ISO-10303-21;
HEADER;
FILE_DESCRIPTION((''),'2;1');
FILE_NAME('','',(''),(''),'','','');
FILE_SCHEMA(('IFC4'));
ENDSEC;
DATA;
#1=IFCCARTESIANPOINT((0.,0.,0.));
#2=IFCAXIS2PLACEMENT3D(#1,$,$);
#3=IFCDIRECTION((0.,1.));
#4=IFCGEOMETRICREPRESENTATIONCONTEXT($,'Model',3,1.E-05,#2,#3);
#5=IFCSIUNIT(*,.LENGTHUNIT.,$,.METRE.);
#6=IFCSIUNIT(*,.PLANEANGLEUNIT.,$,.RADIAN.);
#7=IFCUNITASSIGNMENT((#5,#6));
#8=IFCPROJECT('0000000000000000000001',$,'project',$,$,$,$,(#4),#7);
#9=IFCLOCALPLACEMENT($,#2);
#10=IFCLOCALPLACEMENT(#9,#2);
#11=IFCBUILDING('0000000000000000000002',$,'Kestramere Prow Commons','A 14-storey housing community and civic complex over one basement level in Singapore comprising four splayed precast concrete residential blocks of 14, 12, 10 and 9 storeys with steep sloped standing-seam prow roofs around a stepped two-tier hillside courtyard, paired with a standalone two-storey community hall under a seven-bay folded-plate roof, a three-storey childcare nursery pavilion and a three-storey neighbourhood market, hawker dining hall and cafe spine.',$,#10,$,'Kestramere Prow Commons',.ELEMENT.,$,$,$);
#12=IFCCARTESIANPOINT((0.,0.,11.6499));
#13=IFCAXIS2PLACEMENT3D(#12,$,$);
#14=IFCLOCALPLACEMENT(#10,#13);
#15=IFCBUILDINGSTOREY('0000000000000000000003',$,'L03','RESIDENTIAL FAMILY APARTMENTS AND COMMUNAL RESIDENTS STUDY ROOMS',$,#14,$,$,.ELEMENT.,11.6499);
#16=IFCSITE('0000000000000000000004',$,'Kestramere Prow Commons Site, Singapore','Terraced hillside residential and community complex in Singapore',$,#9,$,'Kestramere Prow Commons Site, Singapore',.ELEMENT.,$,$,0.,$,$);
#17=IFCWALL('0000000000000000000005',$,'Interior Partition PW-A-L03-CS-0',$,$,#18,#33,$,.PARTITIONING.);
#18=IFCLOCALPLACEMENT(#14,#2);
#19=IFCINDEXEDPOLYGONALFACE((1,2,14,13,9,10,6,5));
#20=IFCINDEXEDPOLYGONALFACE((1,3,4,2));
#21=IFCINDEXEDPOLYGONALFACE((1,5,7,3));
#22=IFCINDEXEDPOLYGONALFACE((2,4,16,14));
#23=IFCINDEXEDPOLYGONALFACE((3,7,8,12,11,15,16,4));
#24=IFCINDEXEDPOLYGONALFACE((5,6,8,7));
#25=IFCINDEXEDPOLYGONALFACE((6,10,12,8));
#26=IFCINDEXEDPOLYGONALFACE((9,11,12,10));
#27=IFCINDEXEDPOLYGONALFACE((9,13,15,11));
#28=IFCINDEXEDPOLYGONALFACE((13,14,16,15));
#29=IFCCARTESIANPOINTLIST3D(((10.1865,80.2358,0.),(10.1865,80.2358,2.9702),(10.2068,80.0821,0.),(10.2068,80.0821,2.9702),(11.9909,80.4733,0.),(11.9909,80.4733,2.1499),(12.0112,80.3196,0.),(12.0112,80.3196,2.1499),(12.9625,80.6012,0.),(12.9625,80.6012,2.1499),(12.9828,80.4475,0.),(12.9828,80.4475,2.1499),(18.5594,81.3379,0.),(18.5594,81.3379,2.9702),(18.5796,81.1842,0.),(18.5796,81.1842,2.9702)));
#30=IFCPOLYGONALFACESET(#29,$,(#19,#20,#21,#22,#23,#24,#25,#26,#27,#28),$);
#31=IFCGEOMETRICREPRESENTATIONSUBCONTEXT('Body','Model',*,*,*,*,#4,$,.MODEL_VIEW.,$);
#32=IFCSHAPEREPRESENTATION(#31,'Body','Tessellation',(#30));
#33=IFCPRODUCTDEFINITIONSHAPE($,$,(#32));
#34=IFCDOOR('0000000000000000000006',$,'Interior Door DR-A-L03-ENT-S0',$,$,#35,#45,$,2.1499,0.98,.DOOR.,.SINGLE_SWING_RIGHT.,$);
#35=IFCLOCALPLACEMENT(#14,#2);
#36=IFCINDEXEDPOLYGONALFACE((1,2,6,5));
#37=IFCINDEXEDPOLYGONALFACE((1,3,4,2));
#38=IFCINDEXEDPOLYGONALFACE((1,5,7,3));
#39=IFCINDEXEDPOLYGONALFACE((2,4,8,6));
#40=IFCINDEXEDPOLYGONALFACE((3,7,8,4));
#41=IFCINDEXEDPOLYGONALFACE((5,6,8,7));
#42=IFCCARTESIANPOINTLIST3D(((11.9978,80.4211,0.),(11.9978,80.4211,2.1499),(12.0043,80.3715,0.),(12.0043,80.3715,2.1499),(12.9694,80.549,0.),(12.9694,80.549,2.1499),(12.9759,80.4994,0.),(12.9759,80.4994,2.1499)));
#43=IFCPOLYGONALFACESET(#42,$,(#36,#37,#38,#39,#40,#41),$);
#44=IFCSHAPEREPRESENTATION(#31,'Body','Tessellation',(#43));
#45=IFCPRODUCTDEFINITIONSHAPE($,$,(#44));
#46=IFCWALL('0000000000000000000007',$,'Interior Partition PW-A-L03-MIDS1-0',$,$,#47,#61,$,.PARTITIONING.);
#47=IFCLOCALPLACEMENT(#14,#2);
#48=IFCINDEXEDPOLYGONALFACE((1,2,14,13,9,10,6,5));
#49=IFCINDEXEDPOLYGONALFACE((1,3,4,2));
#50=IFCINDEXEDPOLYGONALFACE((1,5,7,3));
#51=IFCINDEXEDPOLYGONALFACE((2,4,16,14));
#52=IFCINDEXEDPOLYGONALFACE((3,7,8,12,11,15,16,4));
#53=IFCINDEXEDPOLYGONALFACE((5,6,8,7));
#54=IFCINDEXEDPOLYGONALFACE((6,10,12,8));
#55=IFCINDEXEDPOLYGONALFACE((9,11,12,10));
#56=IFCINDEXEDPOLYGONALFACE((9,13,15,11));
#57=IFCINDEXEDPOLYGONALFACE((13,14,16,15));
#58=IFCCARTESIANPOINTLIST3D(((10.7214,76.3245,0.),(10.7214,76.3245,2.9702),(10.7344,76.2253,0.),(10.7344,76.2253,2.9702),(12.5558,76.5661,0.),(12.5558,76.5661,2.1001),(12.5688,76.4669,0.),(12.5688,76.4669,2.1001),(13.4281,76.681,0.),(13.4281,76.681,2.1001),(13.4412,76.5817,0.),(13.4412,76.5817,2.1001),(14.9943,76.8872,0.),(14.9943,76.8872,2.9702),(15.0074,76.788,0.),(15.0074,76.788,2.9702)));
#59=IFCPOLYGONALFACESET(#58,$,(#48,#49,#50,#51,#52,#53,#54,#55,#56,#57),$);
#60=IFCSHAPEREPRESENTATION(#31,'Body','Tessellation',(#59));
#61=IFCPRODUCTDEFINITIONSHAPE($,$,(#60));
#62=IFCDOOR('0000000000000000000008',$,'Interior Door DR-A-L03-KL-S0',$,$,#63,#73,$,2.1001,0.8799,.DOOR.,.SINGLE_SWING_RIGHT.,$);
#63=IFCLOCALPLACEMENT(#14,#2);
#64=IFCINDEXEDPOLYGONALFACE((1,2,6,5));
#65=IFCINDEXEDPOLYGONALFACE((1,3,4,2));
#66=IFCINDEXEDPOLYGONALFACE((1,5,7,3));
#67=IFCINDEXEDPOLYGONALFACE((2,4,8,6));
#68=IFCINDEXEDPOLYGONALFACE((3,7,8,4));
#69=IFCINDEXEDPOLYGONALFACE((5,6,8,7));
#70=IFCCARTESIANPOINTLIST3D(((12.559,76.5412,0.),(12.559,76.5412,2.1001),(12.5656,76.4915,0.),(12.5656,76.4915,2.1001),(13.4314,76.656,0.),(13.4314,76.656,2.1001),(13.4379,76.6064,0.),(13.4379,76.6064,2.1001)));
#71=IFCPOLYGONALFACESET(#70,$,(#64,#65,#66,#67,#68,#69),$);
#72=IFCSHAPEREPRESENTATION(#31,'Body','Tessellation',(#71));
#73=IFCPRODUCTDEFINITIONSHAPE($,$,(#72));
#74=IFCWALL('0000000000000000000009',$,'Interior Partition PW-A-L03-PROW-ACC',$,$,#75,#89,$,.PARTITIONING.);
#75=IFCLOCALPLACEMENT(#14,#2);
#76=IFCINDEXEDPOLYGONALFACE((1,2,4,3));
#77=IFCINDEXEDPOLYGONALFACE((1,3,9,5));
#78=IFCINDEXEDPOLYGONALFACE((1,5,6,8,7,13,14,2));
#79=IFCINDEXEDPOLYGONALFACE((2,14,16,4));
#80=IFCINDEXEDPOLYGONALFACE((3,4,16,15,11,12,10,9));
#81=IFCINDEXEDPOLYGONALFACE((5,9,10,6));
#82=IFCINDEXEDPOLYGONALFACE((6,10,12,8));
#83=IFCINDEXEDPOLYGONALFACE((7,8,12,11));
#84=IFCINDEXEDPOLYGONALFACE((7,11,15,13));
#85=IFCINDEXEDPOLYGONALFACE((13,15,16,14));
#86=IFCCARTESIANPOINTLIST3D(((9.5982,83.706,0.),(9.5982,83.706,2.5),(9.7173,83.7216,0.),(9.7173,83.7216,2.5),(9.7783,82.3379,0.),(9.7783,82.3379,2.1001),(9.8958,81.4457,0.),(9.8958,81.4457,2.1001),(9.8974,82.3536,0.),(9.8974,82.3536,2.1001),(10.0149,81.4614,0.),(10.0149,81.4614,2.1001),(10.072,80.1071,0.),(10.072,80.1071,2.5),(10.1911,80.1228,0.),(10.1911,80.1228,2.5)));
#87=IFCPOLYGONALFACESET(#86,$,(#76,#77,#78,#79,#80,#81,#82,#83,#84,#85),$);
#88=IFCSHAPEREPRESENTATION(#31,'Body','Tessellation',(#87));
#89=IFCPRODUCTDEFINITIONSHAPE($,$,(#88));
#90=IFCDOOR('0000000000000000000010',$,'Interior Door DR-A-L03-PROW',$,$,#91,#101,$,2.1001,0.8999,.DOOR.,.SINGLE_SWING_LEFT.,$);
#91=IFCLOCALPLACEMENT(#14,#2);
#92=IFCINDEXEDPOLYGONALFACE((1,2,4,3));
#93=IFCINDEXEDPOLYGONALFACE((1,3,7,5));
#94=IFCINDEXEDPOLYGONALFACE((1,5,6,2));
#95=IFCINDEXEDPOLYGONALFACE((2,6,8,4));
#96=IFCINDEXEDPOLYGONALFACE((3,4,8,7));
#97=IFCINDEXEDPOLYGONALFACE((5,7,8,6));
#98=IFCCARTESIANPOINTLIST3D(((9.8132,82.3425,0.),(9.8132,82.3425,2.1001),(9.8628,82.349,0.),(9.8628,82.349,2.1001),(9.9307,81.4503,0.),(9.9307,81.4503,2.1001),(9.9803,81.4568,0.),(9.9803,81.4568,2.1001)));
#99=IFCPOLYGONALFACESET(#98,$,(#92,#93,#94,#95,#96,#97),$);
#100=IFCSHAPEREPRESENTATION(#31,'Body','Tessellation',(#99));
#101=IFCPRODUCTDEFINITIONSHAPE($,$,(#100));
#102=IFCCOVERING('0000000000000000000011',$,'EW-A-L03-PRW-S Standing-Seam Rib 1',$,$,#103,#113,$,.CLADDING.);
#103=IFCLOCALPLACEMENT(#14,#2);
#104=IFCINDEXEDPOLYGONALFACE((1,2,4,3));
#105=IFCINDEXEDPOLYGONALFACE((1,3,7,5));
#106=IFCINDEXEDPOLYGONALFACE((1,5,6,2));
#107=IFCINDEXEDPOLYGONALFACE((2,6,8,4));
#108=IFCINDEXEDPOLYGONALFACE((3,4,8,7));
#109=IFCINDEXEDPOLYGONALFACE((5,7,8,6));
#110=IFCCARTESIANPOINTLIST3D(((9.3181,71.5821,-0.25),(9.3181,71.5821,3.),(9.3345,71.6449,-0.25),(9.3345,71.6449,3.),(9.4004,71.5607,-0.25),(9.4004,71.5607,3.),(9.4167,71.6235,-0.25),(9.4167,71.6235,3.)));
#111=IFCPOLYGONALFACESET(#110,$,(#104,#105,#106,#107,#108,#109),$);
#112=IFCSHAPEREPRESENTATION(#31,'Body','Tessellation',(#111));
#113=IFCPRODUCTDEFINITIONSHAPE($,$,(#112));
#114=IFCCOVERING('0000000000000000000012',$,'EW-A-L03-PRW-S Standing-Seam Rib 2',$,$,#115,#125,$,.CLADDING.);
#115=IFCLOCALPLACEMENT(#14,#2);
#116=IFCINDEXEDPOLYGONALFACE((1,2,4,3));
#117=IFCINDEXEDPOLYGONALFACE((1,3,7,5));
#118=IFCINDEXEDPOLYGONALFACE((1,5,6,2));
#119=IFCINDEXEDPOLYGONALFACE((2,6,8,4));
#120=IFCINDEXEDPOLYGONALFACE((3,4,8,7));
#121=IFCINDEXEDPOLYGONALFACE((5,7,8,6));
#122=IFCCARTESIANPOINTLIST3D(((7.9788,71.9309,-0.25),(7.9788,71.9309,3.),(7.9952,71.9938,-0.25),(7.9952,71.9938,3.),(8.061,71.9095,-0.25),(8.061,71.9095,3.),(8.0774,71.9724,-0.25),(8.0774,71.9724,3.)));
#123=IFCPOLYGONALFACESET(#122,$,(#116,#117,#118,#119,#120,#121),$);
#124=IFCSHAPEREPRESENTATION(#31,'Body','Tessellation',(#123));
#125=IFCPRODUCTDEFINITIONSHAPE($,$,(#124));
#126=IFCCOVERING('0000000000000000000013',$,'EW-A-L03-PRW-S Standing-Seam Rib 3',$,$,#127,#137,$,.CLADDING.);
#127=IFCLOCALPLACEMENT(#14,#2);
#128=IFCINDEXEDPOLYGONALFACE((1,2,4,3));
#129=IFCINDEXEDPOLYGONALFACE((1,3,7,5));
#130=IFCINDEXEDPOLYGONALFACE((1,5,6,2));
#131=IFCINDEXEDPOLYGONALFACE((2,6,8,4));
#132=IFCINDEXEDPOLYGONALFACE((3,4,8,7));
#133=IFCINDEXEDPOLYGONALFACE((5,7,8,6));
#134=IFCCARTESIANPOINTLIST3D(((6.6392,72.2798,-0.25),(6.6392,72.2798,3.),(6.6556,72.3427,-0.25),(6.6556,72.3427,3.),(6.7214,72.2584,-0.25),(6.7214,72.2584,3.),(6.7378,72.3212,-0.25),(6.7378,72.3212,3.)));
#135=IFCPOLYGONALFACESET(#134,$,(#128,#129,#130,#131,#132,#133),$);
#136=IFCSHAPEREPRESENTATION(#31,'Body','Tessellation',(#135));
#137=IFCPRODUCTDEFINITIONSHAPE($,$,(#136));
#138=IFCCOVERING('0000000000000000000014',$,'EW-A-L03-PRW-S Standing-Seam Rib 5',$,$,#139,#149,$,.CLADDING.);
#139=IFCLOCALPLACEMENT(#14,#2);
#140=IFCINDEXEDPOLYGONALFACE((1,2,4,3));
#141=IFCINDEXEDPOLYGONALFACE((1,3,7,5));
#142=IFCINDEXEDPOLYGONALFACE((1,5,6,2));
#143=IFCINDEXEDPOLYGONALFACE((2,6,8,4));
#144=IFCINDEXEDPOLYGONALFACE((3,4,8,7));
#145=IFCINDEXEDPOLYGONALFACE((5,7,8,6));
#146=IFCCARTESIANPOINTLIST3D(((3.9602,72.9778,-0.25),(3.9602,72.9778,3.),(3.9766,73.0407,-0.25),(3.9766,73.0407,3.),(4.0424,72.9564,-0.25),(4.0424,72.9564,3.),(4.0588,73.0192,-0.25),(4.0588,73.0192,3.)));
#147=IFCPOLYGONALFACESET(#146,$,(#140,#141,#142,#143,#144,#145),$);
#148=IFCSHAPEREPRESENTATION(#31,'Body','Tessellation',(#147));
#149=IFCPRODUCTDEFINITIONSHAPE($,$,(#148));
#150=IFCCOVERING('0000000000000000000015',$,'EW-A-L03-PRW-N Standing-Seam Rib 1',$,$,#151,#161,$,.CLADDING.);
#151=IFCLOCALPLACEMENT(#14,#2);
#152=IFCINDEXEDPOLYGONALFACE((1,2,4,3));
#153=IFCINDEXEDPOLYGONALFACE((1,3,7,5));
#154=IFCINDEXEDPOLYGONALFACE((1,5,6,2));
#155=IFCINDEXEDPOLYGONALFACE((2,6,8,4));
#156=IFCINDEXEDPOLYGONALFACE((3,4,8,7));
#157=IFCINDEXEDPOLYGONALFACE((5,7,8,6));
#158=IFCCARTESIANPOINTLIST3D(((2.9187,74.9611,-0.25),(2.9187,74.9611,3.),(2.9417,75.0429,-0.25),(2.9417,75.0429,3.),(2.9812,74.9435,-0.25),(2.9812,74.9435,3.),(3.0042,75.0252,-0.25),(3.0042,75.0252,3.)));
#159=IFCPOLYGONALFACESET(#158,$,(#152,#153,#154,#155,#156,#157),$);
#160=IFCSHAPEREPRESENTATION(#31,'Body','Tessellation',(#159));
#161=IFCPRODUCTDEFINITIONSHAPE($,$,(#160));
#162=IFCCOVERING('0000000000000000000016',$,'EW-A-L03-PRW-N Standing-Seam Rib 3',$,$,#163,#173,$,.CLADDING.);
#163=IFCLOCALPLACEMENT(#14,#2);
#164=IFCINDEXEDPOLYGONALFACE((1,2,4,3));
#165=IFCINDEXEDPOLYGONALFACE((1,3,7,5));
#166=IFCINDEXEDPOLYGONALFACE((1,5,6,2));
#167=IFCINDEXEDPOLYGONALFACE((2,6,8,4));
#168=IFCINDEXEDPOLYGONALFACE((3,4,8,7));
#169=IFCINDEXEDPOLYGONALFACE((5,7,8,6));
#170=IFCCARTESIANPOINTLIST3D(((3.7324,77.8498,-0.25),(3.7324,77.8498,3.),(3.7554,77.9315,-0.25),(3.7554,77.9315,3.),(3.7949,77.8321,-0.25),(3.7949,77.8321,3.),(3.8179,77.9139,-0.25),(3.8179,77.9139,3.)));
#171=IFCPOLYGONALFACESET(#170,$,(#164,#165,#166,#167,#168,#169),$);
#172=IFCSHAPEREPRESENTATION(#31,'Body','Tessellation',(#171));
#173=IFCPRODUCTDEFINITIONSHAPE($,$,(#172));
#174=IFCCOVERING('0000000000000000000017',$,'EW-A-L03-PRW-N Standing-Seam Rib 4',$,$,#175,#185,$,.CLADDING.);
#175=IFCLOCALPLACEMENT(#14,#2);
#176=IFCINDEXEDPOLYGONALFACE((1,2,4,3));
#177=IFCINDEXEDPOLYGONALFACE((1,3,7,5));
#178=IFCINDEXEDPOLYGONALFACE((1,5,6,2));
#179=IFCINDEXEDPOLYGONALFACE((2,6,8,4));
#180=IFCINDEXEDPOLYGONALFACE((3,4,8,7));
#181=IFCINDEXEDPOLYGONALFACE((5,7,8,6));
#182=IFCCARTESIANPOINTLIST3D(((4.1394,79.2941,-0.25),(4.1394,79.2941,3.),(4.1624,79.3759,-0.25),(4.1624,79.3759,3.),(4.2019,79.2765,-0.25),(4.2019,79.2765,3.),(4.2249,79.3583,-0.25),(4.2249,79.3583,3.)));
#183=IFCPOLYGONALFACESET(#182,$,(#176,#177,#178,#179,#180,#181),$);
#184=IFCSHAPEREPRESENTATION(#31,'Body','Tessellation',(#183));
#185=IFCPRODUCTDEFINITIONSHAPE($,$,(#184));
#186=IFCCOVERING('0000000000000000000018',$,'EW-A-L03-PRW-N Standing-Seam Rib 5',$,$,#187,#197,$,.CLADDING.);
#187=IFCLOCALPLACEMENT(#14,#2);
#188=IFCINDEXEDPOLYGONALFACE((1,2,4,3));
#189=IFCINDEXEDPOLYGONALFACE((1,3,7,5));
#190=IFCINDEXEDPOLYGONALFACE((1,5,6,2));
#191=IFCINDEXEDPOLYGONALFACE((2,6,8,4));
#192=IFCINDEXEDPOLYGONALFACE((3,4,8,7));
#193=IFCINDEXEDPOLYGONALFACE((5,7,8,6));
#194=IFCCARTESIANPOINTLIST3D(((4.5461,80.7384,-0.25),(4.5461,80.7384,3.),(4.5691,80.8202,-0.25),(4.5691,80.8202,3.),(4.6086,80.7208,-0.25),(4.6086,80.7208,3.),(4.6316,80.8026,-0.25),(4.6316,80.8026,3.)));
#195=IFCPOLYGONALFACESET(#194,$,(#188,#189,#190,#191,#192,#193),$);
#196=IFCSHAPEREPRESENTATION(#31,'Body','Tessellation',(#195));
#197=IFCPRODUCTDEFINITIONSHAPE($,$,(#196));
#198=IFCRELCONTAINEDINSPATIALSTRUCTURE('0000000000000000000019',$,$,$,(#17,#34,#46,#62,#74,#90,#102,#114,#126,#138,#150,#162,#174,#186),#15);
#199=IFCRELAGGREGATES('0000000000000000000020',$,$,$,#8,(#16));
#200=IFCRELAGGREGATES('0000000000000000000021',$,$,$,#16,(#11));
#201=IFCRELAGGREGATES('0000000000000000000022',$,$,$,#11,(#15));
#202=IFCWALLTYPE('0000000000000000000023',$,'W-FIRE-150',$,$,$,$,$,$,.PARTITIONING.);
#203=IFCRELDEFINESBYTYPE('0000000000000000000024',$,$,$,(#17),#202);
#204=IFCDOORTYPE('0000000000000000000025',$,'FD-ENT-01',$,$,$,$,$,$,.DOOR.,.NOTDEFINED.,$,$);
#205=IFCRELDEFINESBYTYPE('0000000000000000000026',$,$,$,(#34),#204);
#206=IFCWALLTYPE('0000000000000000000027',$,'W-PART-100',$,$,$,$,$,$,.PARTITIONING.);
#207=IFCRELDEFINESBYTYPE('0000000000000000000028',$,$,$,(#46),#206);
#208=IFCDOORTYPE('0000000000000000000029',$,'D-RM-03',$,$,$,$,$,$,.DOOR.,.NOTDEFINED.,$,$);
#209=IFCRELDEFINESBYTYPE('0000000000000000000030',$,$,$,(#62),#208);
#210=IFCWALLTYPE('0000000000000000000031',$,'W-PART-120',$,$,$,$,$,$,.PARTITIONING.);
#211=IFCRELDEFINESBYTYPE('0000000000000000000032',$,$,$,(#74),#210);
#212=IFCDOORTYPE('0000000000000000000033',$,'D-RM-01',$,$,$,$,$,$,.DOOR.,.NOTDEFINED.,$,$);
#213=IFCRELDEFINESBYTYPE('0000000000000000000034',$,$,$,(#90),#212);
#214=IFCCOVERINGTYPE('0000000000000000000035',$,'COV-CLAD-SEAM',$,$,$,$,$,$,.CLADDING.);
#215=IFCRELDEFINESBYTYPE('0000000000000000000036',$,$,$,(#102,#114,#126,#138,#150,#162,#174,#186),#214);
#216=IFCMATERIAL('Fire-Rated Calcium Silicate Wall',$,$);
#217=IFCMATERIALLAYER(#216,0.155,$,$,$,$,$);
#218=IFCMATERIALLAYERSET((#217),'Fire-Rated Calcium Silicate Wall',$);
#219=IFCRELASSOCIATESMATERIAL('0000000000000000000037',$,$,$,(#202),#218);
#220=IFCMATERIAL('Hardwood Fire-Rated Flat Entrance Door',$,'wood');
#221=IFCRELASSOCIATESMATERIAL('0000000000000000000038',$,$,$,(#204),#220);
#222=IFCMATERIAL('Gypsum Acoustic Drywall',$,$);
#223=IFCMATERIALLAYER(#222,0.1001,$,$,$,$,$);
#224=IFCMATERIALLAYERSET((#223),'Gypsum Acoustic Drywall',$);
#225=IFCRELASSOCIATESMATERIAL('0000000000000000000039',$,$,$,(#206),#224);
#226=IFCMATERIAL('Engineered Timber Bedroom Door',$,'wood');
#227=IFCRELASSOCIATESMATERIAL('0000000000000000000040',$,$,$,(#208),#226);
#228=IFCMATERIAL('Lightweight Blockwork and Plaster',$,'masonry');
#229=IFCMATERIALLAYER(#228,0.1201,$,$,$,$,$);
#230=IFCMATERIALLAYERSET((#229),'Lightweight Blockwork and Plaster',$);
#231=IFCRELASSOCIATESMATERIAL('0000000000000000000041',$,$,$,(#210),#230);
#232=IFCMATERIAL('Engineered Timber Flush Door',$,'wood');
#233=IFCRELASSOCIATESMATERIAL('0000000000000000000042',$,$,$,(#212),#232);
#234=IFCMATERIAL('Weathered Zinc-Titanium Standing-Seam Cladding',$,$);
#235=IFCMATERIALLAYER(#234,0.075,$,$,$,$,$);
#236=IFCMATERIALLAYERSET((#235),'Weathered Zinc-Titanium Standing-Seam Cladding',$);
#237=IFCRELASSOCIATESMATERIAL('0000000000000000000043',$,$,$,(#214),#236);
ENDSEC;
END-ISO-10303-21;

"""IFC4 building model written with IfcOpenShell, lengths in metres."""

from ifc_helpers import new_model, si_unit, direction, frame, frame_2d, origin, origin_2d, place, context, subcontext, project, spatial, rectangle, extrude, material, layer, layer_set, type_object, element, fill, save


model = new_model("IFC4")

# Units and contexts
model_context = context("Model", 3, precision=1e-05, world=origin(), true_north=direction((0.0, 1.0)))
body_context = subcontext(model_context, "Body", "Model", "MODEL_VIEW")
ifc_project = project(units=[si_unit("LENGTHUNIT", "METRE"), si_unit("PLANEANGLEUNIT", "RADIAN")], contexts=[model_context])

# Site, building, storey
site_placement = place(None, origin())
site = spatial("IfcSite", under=ifc_project, at=site_placement, Name="Kestramere Prow Commons Site, Singapore", Description="Terraced hillside residential and community complex in Singapore", LongName="Kestramere Prow Commons Site, Singapore", CompositionType="ELEMENT", RefElevation=0.0)
building_placement = place(site_placement, origin())
building = spatial("IfcBuilding", under=site, at=building_placement, Name="Kestramere Prow Commons", Description="A 14-storey housing community and civic complex over one basement level in Singapore comprising four splayed precast concrete residential blocks of 14, 12, 10 and 9 storeys with steep sloped standing-seam prow roofs around a stepped two-tier hillside courtyard, paired with a standalone two-storey community hall under a seven-bay folded-plate roof, a three-storey childcare nursery pavilion and a three-storey neighbourhood market, hawker dining hall and cafe spine.", LongName="Kestramere Prow Commons", CompositionType="ELEMENT")
storey_placement = place(building_placement, frame((0.0, 0.0, 11.6499)))
storey = spatial("IfcBuildingStorey", under=building, at=storey_placement, Name="L03", Description="RESIDENTIAL FAMILY APARTMENTS AND COMMUNAL RESIDENTS STUDY ROOMS", CompositionType="ELEMENT", Elevation=11.6499)

# Shared definitions
ifc_material_1 = material(Name="Weathered Zinc-Titanium Standing-Seam Cladding")

# Walls, openings, doors
ifc_material_2 = material(Name="Fire-Rated Calcium Silicate Wall")
ifc_layer_1 = layer(ifc_material_2, 0.155)
ifc_layer_set_1 = layer_set([ifc_layer_1], Name="Fire-Rated Calcium Silicate Wall")
wall_type_1 = type_object("IfcWallType", Name="W-FIRE-150", PredefinedType="PARTITIONING", material=ifc_layer_set_1)
wall_1_placement = place(storey_placement, frame((10.1965, 80.1589, 0.0), z_axis=(0.0, 0.0, 1.0), x_axis=(0.991449, 0.130497, 0.0)))
wall_1 = element("IfcWall", 1, at=wall_1_placement, inside=storey, type_object=wall_type_1, Name="Interior Partition PW-A-L03-CS-0", PredefinedType="PARTITIONING", context=body_context, shape_type="SweptSolid", body=[
    extrude(rectangle(XDim=8.4451, YDim=0.155, at=frame_2d((4.2227, 0.0))), origin(), (0.0, 0.0, 1.0), 2.9702),
])
opening_1_placement = place(wall_1_placement, frame((1.8201, 0.0, 0.0)))
opening_1 = element("IfcOpeningElement", 2, at=opening_1_placement, cuts=wall_1, PredefinedType="OPENING", context=body_context, shape_type="SweptSolid", body=[
    extrude(rectangle(XDim=0.98, YDim=2.1499, at=frame_2d((0.49, 1.075))), frame((0.0, 0.0925, 0.0), z_axis=(0.0, -1.0, 0.0), x_axis=(1.0, 0.0, 0.0)), (0.0, 0.0, 1.0), 0.1851),
])
ifc_material_3 = material(Name="Hardwood Fire-Rated Flat Entrance Door", Category="wood")
door_type_1 = type_object("IfcDoorType", Name="FD-ENT-01", OperationType="NOTDEFINED", PredefinedType="DOOR", material=ifc_material_3)
door_1_placement = place(opening_1_placement, origin())
door_1 = element("IfcDoor", 3, at=door_1_placement, inside=storey, type_object=door_type_1, Name="Interior Door DR-A-L03-ENT-S0", OperationType="SINGLE_SWING_RIGHT", OverallHeight=2.1499, OverallWidth=0.98, PredefinedType="DOOR", context=body_context, shape_type="SweptSolid", body=[
    extrude(rectangle(XDim=0.98, YDim=2.1499, at=frame_2d((0.49, 1.075))), frame((0.0, 0.0249, 0.0), z_axis=(0.0, -1.0, 0.0), x_axis=(1.0, 0.0, 0.0)), (0.0, 0.0, 1.0), 0.05),
])
fill(opening_1, door_1)
ifc_material_4 = material(Name="Gypsum Acoustic Drywall")
ifc_layer_2 = layer(ifc_material_4, 0.1001)
ifc_layer_set_2 = layer_set([ifc_layer_2], Name="Gypsum Acoustic Drywall")
wall_type_2 = type_object("IfcWallType", Name="W-PART-100", PredefinedType="PARTITIONING", material=ifc_layer_set_2)
wall_2_placement = place(storey_placement, frame((10.728, 76.2749, 0.0), z_axis=(0.0, 0.0, 1.0), x_axis=(0.991439, 0.130572, 0.0)))
wall_2 = element("IfcWall", 4, at=wall_2_placement, inside=storey, type_object=wall_type_2, Name="Interior Partition PW-A-L03-MIDS1-0", PredefinedType="PARTITIONING", context=body_context, shape_type="SweptSolid", body=[
    extrude(rectangle(XDim=4.3098, YDim=0.1001, at=frame_2d((2.1548, 0.0))), origin(), (0.0, 0.0, 1.0), 2.9702),
])
opening_2_placement = place(wall_2_placement, frame((1.8501, 0.0, 0.0)))
opening_2 = element("IfcOpeningElement", 5, at=opening_2_placement, cuts=wall_2, PredefinedType="OPENING", context=body_context, shape_type="SweptSolid", body=[
    extrude(rectangle(XDim=0.8799, YDim=2.1001, at=frame_2d((0.4399, 1.05))), frame((0.0, 0.0649, 0.0), z_axis=(0.0, -1.0, 0.0), x_axis=(1.0, 0.0, 0.0)), (0.0, 0.0, 1.0), 0.1301),
])
ifc_material_5 = material(Name="Engineered Timber Bedroom Door", Category="wood")
door_type_2 = type_object("IfcDoorType", Name="D-RM-03", OperationType="NOTDEFINED", PredefinedType="DOOR", material=ifc_material_5)
door_2_placement = place(opening_2_placement, origin())
door_2 = element("IfcDoor", 6, at=door_2_placement, inside=storey, type_object=door_type_2, Name="Interior Door DR-A-L03-KL-S0", OperationType="SINGLE_SWING_RIGHT", OverallHeight=2.1001, OverallWidth=0.8799, PredefinedType="DOOR", context=body_context, shape_type="SweptSolid", body=[
    extrude(rectangle(XDim=0.8799, YDim=2.1001, at=frame_2d((0.4399, 1.05))), frame((0.0, 0.0249, 0.0), z_axis=(0.0, -1.0, 0.0), x_axis=(1.0, 0.0, 0.0)), (0.0, 0.0, 1.0), 0.05),
])
fill(opening_2, door_2)
ifc_material_6 = material(Name="Lightweight Blockwork and Plaster", Category="masonry")
ifc_layer_3 = layer(ifc_material_6, 0.1201)
ifc_layer_set_3 = layer_set([ifc_layer_3], Name="Lightweight Blockwork and Plaster")
wall_type_3 = type_object("IfcWallType", Name="W-PART-120", PredefinedType="PARTITIONING", material=ifc_layer_set_3)
wall_3_placement = place(storey_placement, frame((10.1316, 80.115, 0.0), z_axis=(0.0, 0.0, 1.0), x_axis=(-0.130547, 0.991442, 0.0)))
wall_3 = element("IfcWall", 7, at=wall_3_placement, inside=storey, type_object=wall_type_3, Name="Interior Partition PW-A-L03-PROW-ACC", PredefinedType="PARTITIONING", context=body_context, shape_type="SweptSolid", body=[
    extrude(rectangle(XDim=3.6299, YDim=0.1201, at=frame_2d((1.8149, 0.0))), origin(), (0.0, 0.0, 1.0), 2.5),
])
opening_3_placement = place(wall_3_placement, frame((1.3501, 0.0, 0.0)))
opening_3 = element("IfcOpeningElement", 8, at=opening_3_placement, cuts=wall_3, PredefinedType="OPENING", context=body_context, shape_type="SweptSolid", body=[
    extrude(rectangle(XDim=0.8999, YDim=2.1001, at=frame_2d((0.45, 1.05))), frame((0.0, 0.075, 0.0), z_axis=(0.0, -1.0, 0.0), x_axis=(1.0, 0.0, 0.0)), (0.0, 0.0, 1.0), 0.1501),
])
ifc_material_7 = material(Name="Engineered Timber Flush Door", Category="wood")
door_type_3 = type_object("IfcDoorType", Name="D-RM-01", OperationType="NOTDEFINED", PredefinedType="DOOR", material=ifc_material_7)
door_3_placement = place(opening_3_placement, origin())
door_3 = element("IfcDoor", 9, at=door_3_placement, inside=storey, type_object=door_type_3, Name="Interior Door DR-A-L03-PROW", OperationType="SINGLE_SWING_LEFT", OverallHeight=2.1001, OverallWidth=0.8999, PredefinedType="DOOR", context=body_context, shape_type="SweptSolid", body=[
    extrude(rectangle(XDim=0.8999, YDim=2.1001, at=frame_2d((0.45, 1.05))), frame((0.0, 0.0249, 0.0), z_axis=(0.0, -1.0, 0.0), x_axis=(1.0, 0.0, 0.0)), (0.0, 0.0, 1.0), 0.05),
])
fill(opening_3, door_3)

# Coverings
ifc_layer_4 = layer(ifc_material_1, 0.075)
ifc_layer_set_4 = layer_set([ifc_layer_4], Name="Weathered Zinc-Titanium Standing-Seam Cladding")
covering_type = type_object("IfcCoveringType", Name="COV-CLAD-SEAM", PredefinedType="CLADDING", material=ifc_layer_set_4)
for number, where, z_axis, x_axis, name in (
    (10, (9.3674, 71.6028, -0.25), (0.0, 0.0, 1.0), (-0.967698, 0.252112, 0.0), "EW-A-L03-PRW-S Standing-Seam Rib 1"),
    (11, (8.0281, 71.9517, -0.25), (0.0, 0.0, 1.0), (-0.967698, 0.252112, 0.0), "EW-A-L03-PRW-S Standing-Seam Rib 2"),
    (12, (6.6885, 72.3005, -0.25), (0.0, 0.0, 1.0), (-0.967698, 0.252112, 0.0), "EW-A-L03-PRW-S Standing-Seam Rib 3"),
    (13, (4.0095, 72.9985, -0.25), (0.0, 0.0, 1.0), (-0.967698, 0.252112, 0.0), "EW-A-L03-PRW-S Standing-Seam Rib 5"),
    (14, (2.9614, 74.9932, -0.25), (0.0, 0.0, 1.0), (0.27116, 0.962534, 0.0), "EW-A-L03-PRW-N Standing-Seam Rib 1"),
    (15, (3.7751, 77.8818, -0.25), (0.0, 0.0, 1.0), (0.27116, 0.962534, 0.0), "EW-A-L03-PRW-N Standing-Seam Rib 3"),
    (16, (4.1821, 79.3262, -0.25), (0.0, 0.0, 1.0), (0.27116, 0.962534, 0.0), "EW-A-L03-PRW-N Standing-Seam Rib 4"),
    (17, (4.5889, 80.7705, -0.25), (0.0, 0.0, 1.0), (0.27116, 0.962534, 0.0), "EW-A-L03-PRW-N Standing-Seam Rib 5"),
):
    element("IfcCovering", number, at=place(storey_placement, frame(where, z_axis=z_axis, x_axis=x_axis)), inside=storey, type_object=covering_type, Name=name, PredefinedType="CLADDING", context=body_context, shape_type="SweptSolid", body=[
        extrude(rectangle(XDim=0.085, YDim=0.0649, at=origin_2d()), origin(), (0.0, 0.0, 1.0), 3.25),
    ])

save(model, "model.ifc")
